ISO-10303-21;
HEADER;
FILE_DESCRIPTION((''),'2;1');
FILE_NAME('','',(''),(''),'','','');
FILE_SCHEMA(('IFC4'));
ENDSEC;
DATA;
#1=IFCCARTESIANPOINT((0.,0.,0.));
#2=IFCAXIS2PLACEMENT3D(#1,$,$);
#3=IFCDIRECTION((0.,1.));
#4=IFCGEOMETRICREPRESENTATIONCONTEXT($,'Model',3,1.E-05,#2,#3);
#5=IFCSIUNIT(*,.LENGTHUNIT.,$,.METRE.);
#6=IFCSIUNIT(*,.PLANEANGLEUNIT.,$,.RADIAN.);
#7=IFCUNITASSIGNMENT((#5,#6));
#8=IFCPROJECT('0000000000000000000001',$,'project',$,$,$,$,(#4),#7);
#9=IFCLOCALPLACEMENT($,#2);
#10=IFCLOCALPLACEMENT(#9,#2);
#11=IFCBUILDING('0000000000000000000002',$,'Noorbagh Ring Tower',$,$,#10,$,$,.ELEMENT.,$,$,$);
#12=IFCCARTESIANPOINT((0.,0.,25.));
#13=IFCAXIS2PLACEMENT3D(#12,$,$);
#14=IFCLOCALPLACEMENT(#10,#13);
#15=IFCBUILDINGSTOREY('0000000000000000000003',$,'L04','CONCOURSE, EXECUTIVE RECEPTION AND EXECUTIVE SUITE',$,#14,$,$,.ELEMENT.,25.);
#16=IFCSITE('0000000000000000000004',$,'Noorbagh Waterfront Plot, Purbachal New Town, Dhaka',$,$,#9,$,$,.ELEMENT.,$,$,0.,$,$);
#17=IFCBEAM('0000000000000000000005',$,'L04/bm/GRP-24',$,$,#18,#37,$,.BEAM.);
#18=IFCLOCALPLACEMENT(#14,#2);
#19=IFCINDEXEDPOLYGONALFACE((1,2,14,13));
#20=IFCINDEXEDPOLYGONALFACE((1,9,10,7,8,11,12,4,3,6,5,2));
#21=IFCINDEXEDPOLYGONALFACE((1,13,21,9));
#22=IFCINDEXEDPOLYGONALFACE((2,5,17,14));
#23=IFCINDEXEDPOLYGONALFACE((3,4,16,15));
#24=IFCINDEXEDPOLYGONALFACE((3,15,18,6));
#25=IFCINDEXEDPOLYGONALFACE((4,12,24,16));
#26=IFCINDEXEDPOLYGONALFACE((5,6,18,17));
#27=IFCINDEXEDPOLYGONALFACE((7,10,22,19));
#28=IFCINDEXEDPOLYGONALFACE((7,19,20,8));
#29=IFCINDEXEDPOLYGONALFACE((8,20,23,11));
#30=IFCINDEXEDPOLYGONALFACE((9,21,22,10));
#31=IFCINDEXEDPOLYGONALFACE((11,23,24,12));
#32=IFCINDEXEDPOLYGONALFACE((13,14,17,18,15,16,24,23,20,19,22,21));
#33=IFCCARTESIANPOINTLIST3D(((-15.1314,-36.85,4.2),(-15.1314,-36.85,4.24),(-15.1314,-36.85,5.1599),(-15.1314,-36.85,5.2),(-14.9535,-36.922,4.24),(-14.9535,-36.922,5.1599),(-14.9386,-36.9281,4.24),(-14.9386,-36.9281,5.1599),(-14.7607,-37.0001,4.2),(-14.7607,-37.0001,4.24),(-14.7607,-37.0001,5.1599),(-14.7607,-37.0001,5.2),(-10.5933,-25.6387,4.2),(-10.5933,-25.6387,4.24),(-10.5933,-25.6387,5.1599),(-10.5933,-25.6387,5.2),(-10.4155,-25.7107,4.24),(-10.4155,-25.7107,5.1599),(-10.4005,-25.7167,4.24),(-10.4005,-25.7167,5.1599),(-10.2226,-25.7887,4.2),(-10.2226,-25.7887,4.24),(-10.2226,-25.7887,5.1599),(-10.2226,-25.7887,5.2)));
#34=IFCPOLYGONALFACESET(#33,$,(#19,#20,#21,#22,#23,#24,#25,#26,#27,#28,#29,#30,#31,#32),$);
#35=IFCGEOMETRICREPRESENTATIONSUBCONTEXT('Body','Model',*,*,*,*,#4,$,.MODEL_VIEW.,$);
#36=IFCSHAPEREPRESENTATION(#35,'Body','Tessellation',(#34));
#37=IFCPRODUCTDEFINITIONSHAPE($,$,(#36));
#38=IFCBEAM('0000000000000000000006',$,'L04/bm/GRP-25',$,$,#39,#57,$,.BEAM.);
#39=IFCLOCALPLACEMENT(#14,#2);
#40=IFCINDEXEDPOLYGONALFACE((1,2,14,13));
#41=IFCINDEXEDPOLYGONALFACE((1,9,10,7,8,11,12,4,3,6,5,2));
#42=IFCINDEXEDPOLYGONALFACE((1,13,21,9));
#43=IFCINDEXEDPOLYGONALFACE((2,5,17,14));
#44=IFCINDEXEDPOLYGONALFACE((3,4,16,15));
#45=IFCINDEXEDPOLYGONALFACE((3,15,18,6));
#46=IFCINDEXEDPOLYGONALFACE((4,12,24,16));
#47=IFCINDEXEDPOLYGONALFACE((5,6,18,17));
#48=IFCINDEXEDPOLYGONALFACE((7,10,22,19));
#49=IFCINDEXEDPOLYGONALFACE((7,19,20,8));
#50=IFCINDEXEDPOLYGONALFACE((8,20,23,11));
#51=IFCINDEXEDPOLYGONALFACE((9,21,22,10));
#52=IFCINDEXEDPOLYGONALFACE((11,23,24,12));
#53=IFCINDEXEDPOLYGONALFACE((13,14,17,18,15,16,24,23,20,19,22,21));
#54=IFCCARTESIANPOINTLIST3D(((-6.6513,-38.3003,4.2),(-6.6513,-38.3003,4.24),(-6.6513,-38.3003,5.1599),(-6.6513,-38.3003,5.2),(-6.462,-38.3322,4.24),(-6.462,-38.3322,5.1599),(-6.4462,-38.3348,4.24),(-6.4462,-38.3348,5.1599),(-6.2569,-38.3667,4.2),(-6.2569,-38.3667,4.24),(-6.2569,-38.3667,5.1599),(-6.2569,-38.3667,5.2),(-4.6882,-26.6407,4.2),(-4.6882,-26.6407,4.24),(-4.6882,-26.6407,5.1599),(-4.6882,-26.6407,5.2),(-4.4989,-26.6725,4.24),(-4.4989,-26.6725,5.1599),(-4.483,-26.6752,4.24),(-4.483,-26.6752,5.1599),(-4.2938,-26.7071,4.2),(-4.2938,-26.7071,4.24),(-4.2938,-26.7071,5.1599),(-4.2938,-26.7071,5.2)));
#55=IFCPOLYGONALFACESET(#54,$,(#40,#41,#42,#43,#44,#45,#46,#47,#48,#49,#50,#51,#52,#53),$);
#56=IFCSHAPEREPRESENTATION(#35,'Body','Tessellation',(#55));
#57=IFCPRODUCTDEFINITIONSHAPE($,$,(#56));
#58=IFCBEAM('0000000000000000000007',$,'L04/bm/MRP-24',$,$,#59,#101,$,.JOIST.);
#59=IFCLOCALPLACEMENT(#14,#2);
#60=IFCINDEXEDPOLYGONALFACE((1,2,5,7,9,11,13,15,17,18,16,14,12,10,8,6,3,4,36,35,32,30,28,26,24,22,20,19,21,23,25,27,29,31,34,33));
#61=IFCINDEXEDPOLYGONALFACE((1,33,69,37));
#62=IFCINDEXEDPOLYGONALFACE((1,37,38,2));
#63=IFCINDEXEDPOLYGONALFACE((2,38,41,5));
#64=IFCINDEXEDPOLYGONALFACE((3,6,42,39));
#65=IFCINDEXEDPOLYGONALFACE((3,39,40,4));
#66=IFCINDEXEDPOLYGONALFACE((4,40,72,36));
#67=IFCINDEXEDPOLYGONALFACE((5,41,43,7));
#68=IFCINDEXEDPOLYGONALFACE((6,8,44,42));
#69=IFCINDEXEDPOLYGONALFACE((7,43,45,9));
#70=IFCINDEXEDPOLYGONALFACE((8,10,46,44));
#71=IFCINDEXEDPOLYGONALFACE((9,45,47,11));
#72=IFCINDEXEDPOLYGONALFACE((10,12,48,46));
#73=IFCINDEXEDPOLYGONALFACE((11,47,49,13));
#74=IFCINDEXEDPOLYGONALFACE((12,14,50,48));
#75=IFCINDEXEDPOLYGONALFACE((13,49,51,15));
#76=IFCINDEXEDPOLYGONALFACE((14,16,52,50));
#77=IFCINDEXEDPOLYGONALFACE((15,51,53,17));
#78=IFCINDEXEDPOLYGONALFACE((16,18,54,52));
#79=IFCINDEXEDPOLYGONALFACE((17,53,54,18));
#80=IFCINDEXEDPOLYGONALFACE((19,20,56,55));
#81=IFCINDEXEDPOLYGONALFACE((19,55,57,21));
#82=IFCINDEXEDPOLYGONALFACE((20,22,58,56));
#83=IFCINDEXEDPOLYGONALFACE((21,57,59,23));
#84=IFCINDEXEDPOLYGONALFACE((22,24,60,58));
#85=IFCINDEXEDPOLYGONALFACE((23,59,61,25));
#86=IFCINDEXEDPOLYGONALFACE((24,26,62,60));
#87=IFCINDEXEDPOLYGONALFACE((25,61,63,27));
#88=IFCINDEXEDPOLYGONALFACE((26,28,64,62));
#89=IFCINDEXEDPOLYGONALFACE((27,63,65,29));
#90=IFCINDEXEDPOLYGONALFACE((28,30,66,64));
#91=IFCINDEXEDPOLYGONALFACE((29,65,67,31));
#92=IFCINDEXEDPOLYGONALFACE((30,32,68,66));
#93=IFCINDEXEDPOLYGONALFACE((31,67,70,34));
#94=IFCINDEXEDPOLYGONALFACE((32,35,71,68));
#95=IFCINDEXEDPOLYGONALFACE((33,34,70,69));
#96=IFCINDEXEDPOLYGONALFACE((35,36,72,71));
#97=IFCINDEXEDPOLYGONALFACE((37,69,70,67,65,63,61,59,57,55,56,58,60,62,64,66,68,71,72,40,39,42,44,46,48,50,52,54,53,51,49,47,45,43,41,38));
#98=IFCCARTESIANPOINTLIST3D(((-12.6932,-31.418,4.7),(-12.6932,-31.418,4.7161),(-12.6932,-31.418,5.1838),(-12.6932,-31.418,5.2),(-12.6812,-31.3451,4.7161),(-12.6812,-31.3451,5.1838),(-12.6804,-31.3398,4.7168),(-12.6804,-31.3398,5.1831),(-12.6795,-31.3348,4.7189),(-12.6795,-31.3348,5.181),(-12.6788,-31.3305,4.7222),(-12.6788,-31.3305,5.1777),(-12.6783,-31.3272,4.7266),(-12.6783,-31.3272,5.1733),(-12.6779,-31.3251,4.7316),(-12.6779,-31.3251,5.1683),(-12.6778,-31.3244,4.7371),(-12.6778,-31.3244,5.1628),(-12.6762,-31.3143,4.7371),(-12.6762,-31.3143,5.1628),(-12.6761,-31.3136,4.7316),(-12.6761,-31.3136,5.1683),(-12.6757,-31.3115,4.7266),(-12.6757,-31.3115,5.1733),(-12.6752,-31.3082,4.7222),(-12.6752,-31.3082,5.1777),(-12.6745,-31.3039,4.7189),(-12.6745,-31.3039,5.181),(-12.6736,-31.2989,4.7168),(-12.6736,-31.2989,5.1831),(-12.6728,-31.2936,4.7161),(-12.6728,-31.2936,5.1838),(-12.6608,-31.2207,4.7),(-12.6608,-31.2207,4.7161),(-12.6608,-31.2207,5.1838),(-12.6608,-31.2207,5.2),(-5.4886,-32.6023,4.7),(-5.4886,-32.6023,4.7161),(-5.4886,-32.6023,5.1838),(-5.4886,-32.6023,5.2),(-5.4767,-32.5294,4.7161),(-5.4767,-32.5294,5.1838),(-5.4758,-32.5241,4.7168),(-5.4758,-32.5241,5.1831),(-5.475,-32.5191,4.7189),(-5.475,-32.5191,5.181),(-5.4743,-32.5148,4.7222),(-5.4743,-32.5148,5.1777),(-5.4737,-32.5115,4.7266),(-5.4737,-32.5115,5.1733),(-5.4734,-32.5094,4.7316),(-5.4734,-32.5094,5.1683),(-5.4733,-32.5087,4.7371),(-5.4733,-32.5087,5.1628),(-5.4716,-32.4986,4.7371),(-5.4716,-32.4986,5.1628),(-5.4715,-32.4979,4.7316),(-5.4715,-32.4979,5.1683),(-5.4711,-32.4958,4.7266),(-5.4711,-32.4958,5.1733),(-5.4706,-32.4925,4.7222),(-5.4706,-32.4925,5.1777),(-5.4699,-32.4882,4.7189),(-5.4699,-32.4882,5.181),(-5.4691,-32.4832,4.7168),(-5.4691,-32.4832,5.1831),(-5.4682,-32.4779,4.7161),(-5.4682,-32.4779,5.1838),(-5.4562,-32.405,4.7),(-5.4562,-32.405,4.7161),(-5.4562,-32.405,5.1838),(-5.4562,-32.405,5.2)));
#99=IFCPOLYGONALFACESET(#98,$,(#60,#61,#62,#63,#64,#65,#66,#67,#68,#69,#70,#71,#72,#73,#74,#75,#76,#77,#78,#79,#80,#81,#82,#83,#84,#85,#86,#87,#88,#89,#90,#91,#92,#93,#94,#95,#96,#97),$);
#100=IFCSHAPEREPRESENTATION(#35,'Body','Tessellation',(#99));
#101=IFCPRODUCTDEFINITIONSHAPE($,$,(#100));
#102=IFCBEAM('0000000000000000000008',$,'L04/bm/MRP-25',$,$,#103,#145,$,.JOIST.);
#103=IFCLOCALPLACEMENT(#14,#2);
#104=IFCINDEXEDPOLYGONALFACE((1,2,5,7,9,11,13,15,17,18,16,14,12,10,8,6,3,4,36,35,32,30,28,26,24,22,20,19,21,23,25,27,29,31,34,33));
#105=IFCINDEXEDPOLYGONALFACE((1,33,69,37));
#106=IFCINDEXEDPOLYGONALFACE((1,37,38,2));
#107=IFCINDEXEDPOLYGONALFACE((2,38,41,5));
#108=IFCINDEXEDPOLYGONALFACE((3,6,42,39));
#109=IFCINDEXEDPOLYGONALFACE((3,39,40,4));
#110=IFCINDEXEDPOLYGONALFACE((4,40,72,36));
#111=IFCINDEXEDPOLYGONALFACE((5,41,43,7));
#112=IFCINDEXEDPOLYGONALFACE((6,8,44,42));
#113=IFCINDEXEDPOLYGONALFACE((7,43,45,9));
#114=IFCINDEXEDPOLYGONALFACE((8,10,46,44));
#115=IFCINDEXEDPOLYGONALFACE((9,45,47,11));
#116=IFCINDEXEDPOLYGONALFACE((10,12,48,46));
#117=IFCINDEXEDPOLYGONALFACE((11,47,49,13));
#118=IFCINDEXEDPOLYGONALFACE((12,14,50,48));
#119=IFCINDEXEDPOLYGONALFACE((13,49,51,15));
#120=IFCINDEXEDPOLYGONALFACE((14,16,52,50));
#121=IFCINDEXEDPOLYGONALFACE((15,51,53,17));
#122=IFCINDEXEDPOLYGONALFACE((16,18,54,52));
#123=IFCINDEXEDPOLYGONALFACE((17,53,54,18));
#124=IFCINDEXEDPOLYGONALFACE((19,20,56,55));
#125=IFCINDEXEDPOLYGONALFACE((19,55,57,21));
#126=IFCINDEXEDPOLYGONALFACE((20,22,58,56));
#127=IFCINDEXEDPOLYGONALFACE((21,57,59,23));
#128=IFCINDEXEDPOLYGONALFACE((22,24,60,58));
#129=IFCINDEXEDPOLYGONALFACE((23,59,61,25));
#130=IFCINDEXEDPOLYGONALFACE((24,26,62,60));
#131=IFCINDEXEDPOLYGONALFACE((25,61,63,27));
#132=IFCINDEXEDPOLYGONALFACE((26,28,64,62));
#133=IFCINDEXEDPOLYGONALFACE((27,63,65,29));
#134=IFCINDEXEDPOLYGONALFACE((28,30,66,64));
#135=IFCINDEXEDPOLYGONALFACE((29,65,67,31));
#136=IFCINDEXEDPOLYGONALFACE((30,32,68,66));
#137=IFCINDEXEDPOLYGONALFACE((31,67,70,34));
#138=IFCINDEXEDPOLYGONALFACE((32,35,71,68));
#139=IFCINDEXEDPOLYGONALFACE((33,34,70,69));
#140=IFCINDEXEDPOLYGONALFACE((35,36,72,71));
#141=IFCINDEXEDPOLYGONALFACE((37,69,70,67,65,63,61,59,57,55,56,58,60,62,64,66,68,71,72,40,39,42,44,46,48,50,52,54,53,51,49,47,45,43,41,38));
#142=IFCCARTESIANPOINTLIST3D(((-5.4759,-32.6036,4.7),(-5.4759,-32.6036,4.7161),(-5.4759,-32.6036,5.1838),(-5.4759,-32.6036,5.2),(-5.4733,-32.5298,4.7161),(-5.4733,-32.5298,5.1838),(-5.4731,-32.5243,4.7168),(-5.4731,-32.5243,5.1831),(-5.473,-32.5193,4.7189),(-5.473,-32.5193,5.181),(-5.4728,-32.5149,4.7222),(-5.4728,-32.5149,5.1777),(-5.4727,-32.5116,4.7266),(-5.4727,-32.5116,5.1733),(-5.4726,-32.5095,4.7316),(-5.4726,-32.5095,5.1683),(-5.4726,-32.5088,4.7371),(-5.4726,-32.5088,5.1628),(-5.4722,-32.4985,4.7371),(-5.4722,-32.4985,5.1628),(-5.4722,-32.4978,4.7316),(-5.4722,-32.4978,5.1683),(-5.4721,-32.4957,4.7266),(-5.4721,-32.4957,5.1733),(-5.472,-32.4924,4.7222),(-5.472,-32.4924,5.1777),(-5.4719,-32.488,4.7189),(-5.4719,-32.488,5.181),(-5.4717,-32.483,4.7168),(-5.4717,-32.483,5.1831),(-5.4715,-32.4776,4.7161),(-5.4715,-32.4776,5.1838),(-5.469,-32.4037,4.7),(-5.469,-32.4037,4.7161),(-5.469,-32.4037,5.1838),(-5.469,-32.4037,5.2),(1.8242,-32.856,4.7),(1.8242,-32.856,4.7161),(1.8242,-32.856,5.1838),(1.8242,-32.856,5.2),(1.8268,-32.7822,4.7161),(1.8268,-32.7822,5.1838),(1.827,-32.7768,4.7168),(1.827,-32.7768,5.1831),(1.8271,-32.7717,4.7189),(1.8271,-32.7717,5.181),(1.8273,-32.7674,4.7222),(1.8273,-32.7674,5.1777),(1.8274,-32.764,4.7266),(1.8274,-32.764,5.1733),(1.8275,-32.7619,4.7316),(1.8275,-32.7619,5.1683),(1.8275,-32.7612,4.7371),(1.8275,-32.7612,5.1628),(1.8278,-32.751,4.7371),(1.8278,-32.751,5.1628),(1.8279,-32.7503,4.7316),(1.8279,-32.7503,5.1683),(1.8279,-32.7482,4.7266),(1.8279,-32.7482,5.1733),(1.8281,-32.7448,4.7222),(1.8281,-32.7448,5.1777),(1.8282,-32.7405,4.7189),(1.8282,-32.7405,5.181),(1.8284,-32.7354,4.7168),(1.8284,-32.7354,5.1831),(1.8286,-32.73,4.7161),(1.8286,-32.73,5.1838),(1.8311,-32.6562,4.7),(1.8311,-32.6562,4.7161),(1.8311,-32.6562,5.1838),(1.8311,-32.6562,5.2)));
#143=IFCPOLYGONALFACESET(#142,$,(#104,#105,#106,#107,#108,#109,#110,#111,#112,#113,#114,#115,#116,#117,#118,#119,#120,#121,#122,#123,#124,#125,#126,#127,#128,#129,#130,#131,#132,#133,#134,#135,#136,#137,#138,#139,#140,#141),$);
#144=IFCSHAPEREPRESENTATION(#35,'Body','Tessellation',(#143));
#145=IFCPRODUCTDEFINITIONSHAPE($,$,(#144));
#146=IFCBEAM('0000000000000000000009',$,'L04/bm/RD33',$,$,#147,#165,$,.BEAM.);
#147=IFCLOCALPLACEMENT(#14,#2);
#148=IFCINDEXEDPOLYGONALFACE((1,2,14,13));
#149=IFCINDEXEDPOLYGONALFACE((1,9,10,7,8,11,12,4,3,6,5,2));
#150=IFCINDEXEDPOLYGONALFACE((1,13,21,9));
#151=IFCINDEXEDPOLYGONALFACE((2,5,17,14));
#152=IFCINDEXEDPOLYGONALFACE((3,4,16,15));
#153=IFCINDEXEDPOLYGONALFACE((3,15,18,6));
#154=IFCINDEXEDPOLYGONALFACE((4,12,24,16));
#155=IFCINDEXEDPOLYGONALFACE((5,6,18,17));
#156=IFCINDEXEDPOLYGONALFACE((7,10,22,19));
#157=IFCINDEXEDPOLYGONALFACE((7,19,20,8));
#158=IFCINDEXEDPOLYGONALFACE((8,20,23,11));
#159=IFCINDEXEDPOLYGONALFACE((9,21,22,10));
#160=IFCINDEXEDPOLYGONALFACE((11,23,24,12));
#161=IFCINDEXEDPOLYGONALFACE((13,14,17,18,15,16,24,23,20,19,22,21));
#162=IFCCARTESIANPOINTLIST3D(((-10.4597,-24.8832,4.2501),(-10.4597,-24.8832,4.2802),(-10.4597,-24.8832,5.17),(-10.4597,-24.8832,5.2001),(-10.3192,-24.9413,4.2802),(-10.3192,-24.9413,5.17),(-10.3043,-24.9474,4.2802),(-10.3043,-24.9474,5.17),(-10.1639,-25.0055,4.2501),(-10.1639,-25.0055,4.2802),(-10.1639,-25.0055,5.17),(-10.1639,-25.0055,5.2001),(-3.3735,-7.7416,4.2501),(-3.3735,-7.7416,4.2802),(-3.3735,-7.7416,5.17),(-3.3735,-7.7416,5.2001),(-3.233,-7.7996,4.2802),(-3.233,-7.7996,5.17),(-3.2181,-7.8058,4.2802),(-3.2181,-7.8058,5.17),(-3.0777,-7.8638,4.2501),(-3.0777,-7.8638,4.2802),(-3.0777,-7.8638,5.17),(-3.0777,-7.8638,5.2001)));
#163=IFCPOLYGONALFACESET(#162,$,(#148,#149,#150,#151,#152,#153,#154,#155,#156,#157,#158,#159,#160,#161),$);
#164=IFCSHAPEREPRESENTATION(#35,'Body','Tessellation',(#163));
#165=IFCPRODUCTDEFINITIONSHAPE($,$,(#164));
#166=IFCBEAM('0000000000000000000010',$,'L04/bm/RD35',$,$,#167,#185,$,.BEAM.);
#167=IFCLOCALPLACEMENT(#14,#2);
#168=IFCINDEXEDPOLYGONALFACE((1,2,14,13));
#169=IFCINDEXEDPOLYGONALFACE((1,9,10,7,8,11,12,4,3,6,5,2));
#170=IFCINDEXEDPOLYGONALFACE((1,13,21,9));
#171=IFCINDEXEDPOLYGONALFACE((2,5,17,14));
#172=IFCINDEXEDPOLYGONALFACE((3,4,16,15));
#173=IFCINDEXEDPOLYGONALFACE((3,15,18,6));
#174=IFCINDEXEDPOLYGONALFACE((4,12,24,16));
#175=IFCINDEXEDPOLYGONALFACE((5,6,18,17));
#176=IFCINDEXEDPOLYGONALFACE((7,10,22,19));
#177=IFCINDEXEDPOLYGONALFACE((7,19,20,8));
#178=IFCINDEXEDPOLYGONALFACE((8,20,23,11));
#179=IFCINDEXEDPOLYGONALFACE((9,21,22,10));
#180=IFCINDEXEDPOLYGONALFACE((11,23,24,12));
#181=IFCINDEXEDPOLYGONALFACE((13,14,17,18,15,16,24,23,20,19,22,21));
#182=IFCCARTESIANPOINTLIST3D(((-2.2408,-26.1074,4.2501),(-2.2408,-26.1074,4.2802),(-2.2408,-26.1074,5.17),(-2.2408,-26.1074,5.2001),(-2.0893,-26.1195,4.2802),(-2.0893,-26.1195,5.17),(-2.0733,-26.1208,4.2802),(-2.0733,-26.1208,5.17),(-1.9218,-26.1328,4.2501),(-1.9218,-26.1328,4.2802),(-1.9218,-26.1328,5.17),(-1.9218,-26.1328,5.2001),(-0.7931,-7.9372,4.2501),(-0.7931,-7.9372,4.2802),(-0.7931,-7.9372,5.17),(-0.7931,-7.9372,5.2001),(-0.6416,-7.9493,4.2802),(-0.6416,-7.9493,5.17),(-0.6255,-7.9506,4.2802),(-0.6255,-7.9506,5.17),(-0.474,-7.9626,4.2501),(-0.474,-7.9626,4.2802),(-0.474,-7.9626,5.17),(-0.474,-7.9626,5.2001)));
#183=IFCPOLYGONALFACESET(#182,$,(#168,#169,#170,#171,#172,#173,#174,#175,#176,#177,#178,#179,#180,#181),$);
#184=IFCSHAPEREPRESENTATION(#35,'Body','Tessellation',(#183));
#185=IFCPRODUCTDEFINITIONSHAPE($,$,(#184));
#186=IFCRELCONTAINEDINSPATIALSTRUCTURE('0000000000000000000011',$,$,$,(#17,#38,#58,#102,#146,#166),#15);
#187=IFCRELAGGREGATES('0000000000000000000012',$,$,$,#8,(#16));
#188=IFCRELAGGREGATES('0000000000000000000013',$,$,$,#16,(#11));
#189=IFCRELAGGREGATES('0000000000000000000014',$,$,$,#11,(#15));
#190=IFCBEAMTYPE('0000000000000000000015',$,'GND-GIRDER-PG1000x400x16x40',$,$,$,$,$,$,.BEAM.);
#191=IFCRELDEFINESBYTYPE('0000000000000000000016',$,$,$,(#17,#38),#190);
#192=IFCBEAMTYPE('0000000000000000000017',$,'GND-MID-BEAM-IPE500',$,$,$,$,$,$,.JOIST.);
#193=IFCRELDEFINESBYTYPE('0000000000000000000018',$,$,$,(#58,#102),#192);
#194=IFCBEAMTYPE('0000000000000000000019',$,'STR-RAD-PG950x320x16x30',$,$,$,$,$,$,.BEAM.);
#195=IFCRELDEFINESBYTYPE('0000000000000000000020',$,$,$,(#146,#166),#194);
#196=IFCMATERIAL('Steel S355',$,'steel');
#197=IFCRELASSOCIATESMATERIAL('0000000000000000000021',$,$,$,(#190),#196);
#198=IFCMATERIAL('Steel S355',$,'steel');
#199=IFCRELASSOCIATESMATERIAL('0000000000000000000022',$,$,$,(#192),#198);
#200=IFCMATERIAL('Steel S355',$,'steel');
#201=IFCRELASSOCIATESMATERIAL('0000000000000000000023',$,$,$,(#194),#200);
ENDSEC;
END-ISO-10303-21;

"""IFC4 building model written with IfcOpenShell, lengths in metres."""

from ifc_helpers import new_model, si_unit, direction, frame, origin, origin_2d, place, context, subcontext, project, spatial, i_section, extrude, material, material_profile, profile_set, type_object, element, save


model = new_model("IFC4")

# Units and contexts
model_context = context("Model", 3, precision=1e-05, world=origin(), true_north=direction((0.0, 1.0)))
body_context = subcontext(model_context, "Body", "Model", "MODEL_VIEW")
ifc_project = project(units=[si_unit("LENGTHUNIT", "METRE"), si_unit("PLANEANGLEUNIT", "RADIAN")], contexts=[model_context])

# Site, building, storey
site_placement = place(None, origin())
site = spatial("IfcSite", under=ifc_project, at=site_placement, Name="Noorbagh Waterfront Plot, Purbachal New Town, Dhaka", CompositionType="ELEMENT", RefElevation=0.0)
building_placement = place(site_placement, origin())
building = spatial("IfcBuilding", under=site, at=building_placement, Name="Noorbagh Ring Tower", CompositionType="ELEMENT")
storey_placement = place(building_placement, frame((0.0, 0.0, 25.0)))
storey = spatial("IfcBuildingStorey", under=building, at=storey_placement, Name="L04", Description="CONCOURSE, EXECUTIVE RECEPTION AND EXECUTIVE SUITE", CompositionType="ELEMENT", Elevation=25.0)

# Beams
ifc_material_1 = material(Name="Steel S355", Category="steel")
ifc_material_profile_1 = material_profile(ifc_material_1, i_section(OverallWidth=0.3999, OverallDepth=1.0, WebThickness=0.0161, FlangeThickness=0.04, at=origin_2d()), Name="PG1000x400x16x40")
ifc_profile_set_1 = profile_set([ifc_material_profile_1], Name="Steel S355")
beam_type_1 = type_object("IfcBeamType", Name="GND-GIRDER-PG1000x400x16x40", PredefinedType="BEAM", material=ifc_profile_set_1)
beam_1_placement = place(storey_placement, frame((-14.946, -36.925, 4.7), z_axis=(0.375202, 0.926943, 0.0), x_axis=(-0.926943, 0.375202, 0.0)))
element("IfcBeam", 1, at=beam_1_placement, inside=storey, type_object=beam_type_1, Name="L04/bm/GRP-24", PredefinedType="BEAM", context=body_context, shape_type="SweptSolid", body=[
    extrude(i_section(OverallWidth=0.3999, OverallDepth=1.0, WebThickness=0.0161, FlangeThickness=0.04, at=origin_2d()), origin(), (0.0, 0.0, 1.0), 12.095),
])
beam_2_placement = place(storey_placement, frame((-6.4541, -38.3335, 4.7), z_axis=(0.166033, 0.98612, 0.0), x_axis=(-0.98612, 0.166033, 0.0)))
element("IfcBeam", 2, at=beam_2_placement, inside=storey, type_object=beam_type_1, Name="L04/bm/GRP-25", PredefinedType="BEAM", context=body_context, shape_type="SweptSolid", body=[
    extrude(i_section(OverallWidth=0.3999, OverallDepth=1.0, WebThickness=0.0161, FlangeThickness=0.04, at=origin_2d()), origin(), (0.0, 0.0, 1.0), 11.8237),
])
ifc_material_2 = material(Name="Steel S355", Category="steel")
ifc_material_profile_2 = material_profile(ifc_material_2, i_section(OverallWidth=0.2, OverallDepth=0.5, WebThickness=0.0103, FlangeThickness=0.0161, FilletRadius=0.021, at=origin_2d()), Name="IPE500")
ifc_profile_set_2 = profile_set([ifc_material_profile_2], Name="Steel S355")
beam_type_2 = type_object("IfcBeamType", Name="GND-MID-BEAM-IPE500", PredefinedType="JOIST", material=ifc_profile_set_2)
beam_3_placement = place(storey_placement, frame((-12.677, -31.3193, 4.95), z_axis=(0.986757, -0.162208, 0.0), x_axis=(0.162208, 0.986757, 0.0)))
element("IfcBeam", 3, at=beam_3_placement, inside=storey, type_object=beam_type_2, Name="L04/bm/MRP-24", PredefinedType="JOIST", context=body_context, shape_type="SweptSolid", body=[
    extrude(i_section(OverallWidth=0.2, OverallDepth=0.5, WebThickness=0.0103, FlangeThickness=0.0161, FilletRadius=0.021, at=origin_2d()), origin(), (0.0, 0.0, 1.0), 7.3013),
])
beam_4_placement = place(storey_placement, frame((-5.4724, -32.5037, 4.95), z_axis=(0.999403, -0.03456, 0.0), x_axis=(0.03456, 0.999403, 0.0)))
element("IfcBeam", 4, at=beam_4_placement, inside=storey, type_object=beam_type_2, Name="L04/bm/MRP-25", PredefinedType="JOIST", context=body_context, shape_type="SweptSolid", body=[
    extrude(i_section(OverallWidth=0.2, OverallDepth=0.5, WebThickness=0.0103, FlangeThickness=0.0161, FilletRadius=0.021, at=origin_2d()), origin(), (0.0, 0.0, 1.0), 7.3044),
])
ifc_material_3 = material(Name="Steel S355", Category="steel")
ifc_material_profile_3 = material_profile(ifc_material_3, i_section(OverallWidth=0.3201, OverallDepth=0.95, WebThickness=0.0161, FlangeThickness=0.03, at=origin_2d()), Name="PG950x320x16x30")
ifc_profile_set_3 = profile_set([ifc_material_profile_3], Name="Steel S355")
beam_type_3 = type_object("IfcBeamType", Name="STR-RAD-PG950x320x16x30", PredefinedType="BEAM", material=ifc_profile_set_3)
beam_5_placement = place(storey_placement, frame((-10.3118, -24.9443, 4.7251), z_axis=(0.382034, 0.924148, 0.0), x_axis=(-0.924148, 0.382034, 0.0)))
element("IfcBeam", 5, at=beam_5_placement, inside=storey, type_object=beam_type_3, Name="L04/bm/RD33", PredefinedType="BEAM", context=body_context, shape_type="SweptSolid", body=[
    extrude(i_section(OverallWidth=0.3201, OverallDepth=0.95, WebThickness=0.0161, FlangeThickness=0.03, at=origin_2d()), origin(), (0.0, 0.0, 1.0), 18.5486),
])
beam_6_placement = place(storey_placement, frame((-2.0813, -26.1201, 4.7251), z_axis=(0.079426, 0.996841, 0.0), x_axis=(-0.996841, 0.079426, 0.0)))
element("IfcBeam", 6, at=beam_6_placement, inside=storey, type_object=beam_type_3, Name="L04/bm/RD35", PredefinedType="BEAM", context=body_context, shape_type="SweptSolid", body=[
    extrude(i_section(OverallWidth=0.3201, OverallDepth=0.95, WebThickness=0.0161, FlangeThickness=0.03, at=origin_2d()), origin(), (0.0, 0.0, 1.0), 18.2278),
])

save(model, "model.ifc")
